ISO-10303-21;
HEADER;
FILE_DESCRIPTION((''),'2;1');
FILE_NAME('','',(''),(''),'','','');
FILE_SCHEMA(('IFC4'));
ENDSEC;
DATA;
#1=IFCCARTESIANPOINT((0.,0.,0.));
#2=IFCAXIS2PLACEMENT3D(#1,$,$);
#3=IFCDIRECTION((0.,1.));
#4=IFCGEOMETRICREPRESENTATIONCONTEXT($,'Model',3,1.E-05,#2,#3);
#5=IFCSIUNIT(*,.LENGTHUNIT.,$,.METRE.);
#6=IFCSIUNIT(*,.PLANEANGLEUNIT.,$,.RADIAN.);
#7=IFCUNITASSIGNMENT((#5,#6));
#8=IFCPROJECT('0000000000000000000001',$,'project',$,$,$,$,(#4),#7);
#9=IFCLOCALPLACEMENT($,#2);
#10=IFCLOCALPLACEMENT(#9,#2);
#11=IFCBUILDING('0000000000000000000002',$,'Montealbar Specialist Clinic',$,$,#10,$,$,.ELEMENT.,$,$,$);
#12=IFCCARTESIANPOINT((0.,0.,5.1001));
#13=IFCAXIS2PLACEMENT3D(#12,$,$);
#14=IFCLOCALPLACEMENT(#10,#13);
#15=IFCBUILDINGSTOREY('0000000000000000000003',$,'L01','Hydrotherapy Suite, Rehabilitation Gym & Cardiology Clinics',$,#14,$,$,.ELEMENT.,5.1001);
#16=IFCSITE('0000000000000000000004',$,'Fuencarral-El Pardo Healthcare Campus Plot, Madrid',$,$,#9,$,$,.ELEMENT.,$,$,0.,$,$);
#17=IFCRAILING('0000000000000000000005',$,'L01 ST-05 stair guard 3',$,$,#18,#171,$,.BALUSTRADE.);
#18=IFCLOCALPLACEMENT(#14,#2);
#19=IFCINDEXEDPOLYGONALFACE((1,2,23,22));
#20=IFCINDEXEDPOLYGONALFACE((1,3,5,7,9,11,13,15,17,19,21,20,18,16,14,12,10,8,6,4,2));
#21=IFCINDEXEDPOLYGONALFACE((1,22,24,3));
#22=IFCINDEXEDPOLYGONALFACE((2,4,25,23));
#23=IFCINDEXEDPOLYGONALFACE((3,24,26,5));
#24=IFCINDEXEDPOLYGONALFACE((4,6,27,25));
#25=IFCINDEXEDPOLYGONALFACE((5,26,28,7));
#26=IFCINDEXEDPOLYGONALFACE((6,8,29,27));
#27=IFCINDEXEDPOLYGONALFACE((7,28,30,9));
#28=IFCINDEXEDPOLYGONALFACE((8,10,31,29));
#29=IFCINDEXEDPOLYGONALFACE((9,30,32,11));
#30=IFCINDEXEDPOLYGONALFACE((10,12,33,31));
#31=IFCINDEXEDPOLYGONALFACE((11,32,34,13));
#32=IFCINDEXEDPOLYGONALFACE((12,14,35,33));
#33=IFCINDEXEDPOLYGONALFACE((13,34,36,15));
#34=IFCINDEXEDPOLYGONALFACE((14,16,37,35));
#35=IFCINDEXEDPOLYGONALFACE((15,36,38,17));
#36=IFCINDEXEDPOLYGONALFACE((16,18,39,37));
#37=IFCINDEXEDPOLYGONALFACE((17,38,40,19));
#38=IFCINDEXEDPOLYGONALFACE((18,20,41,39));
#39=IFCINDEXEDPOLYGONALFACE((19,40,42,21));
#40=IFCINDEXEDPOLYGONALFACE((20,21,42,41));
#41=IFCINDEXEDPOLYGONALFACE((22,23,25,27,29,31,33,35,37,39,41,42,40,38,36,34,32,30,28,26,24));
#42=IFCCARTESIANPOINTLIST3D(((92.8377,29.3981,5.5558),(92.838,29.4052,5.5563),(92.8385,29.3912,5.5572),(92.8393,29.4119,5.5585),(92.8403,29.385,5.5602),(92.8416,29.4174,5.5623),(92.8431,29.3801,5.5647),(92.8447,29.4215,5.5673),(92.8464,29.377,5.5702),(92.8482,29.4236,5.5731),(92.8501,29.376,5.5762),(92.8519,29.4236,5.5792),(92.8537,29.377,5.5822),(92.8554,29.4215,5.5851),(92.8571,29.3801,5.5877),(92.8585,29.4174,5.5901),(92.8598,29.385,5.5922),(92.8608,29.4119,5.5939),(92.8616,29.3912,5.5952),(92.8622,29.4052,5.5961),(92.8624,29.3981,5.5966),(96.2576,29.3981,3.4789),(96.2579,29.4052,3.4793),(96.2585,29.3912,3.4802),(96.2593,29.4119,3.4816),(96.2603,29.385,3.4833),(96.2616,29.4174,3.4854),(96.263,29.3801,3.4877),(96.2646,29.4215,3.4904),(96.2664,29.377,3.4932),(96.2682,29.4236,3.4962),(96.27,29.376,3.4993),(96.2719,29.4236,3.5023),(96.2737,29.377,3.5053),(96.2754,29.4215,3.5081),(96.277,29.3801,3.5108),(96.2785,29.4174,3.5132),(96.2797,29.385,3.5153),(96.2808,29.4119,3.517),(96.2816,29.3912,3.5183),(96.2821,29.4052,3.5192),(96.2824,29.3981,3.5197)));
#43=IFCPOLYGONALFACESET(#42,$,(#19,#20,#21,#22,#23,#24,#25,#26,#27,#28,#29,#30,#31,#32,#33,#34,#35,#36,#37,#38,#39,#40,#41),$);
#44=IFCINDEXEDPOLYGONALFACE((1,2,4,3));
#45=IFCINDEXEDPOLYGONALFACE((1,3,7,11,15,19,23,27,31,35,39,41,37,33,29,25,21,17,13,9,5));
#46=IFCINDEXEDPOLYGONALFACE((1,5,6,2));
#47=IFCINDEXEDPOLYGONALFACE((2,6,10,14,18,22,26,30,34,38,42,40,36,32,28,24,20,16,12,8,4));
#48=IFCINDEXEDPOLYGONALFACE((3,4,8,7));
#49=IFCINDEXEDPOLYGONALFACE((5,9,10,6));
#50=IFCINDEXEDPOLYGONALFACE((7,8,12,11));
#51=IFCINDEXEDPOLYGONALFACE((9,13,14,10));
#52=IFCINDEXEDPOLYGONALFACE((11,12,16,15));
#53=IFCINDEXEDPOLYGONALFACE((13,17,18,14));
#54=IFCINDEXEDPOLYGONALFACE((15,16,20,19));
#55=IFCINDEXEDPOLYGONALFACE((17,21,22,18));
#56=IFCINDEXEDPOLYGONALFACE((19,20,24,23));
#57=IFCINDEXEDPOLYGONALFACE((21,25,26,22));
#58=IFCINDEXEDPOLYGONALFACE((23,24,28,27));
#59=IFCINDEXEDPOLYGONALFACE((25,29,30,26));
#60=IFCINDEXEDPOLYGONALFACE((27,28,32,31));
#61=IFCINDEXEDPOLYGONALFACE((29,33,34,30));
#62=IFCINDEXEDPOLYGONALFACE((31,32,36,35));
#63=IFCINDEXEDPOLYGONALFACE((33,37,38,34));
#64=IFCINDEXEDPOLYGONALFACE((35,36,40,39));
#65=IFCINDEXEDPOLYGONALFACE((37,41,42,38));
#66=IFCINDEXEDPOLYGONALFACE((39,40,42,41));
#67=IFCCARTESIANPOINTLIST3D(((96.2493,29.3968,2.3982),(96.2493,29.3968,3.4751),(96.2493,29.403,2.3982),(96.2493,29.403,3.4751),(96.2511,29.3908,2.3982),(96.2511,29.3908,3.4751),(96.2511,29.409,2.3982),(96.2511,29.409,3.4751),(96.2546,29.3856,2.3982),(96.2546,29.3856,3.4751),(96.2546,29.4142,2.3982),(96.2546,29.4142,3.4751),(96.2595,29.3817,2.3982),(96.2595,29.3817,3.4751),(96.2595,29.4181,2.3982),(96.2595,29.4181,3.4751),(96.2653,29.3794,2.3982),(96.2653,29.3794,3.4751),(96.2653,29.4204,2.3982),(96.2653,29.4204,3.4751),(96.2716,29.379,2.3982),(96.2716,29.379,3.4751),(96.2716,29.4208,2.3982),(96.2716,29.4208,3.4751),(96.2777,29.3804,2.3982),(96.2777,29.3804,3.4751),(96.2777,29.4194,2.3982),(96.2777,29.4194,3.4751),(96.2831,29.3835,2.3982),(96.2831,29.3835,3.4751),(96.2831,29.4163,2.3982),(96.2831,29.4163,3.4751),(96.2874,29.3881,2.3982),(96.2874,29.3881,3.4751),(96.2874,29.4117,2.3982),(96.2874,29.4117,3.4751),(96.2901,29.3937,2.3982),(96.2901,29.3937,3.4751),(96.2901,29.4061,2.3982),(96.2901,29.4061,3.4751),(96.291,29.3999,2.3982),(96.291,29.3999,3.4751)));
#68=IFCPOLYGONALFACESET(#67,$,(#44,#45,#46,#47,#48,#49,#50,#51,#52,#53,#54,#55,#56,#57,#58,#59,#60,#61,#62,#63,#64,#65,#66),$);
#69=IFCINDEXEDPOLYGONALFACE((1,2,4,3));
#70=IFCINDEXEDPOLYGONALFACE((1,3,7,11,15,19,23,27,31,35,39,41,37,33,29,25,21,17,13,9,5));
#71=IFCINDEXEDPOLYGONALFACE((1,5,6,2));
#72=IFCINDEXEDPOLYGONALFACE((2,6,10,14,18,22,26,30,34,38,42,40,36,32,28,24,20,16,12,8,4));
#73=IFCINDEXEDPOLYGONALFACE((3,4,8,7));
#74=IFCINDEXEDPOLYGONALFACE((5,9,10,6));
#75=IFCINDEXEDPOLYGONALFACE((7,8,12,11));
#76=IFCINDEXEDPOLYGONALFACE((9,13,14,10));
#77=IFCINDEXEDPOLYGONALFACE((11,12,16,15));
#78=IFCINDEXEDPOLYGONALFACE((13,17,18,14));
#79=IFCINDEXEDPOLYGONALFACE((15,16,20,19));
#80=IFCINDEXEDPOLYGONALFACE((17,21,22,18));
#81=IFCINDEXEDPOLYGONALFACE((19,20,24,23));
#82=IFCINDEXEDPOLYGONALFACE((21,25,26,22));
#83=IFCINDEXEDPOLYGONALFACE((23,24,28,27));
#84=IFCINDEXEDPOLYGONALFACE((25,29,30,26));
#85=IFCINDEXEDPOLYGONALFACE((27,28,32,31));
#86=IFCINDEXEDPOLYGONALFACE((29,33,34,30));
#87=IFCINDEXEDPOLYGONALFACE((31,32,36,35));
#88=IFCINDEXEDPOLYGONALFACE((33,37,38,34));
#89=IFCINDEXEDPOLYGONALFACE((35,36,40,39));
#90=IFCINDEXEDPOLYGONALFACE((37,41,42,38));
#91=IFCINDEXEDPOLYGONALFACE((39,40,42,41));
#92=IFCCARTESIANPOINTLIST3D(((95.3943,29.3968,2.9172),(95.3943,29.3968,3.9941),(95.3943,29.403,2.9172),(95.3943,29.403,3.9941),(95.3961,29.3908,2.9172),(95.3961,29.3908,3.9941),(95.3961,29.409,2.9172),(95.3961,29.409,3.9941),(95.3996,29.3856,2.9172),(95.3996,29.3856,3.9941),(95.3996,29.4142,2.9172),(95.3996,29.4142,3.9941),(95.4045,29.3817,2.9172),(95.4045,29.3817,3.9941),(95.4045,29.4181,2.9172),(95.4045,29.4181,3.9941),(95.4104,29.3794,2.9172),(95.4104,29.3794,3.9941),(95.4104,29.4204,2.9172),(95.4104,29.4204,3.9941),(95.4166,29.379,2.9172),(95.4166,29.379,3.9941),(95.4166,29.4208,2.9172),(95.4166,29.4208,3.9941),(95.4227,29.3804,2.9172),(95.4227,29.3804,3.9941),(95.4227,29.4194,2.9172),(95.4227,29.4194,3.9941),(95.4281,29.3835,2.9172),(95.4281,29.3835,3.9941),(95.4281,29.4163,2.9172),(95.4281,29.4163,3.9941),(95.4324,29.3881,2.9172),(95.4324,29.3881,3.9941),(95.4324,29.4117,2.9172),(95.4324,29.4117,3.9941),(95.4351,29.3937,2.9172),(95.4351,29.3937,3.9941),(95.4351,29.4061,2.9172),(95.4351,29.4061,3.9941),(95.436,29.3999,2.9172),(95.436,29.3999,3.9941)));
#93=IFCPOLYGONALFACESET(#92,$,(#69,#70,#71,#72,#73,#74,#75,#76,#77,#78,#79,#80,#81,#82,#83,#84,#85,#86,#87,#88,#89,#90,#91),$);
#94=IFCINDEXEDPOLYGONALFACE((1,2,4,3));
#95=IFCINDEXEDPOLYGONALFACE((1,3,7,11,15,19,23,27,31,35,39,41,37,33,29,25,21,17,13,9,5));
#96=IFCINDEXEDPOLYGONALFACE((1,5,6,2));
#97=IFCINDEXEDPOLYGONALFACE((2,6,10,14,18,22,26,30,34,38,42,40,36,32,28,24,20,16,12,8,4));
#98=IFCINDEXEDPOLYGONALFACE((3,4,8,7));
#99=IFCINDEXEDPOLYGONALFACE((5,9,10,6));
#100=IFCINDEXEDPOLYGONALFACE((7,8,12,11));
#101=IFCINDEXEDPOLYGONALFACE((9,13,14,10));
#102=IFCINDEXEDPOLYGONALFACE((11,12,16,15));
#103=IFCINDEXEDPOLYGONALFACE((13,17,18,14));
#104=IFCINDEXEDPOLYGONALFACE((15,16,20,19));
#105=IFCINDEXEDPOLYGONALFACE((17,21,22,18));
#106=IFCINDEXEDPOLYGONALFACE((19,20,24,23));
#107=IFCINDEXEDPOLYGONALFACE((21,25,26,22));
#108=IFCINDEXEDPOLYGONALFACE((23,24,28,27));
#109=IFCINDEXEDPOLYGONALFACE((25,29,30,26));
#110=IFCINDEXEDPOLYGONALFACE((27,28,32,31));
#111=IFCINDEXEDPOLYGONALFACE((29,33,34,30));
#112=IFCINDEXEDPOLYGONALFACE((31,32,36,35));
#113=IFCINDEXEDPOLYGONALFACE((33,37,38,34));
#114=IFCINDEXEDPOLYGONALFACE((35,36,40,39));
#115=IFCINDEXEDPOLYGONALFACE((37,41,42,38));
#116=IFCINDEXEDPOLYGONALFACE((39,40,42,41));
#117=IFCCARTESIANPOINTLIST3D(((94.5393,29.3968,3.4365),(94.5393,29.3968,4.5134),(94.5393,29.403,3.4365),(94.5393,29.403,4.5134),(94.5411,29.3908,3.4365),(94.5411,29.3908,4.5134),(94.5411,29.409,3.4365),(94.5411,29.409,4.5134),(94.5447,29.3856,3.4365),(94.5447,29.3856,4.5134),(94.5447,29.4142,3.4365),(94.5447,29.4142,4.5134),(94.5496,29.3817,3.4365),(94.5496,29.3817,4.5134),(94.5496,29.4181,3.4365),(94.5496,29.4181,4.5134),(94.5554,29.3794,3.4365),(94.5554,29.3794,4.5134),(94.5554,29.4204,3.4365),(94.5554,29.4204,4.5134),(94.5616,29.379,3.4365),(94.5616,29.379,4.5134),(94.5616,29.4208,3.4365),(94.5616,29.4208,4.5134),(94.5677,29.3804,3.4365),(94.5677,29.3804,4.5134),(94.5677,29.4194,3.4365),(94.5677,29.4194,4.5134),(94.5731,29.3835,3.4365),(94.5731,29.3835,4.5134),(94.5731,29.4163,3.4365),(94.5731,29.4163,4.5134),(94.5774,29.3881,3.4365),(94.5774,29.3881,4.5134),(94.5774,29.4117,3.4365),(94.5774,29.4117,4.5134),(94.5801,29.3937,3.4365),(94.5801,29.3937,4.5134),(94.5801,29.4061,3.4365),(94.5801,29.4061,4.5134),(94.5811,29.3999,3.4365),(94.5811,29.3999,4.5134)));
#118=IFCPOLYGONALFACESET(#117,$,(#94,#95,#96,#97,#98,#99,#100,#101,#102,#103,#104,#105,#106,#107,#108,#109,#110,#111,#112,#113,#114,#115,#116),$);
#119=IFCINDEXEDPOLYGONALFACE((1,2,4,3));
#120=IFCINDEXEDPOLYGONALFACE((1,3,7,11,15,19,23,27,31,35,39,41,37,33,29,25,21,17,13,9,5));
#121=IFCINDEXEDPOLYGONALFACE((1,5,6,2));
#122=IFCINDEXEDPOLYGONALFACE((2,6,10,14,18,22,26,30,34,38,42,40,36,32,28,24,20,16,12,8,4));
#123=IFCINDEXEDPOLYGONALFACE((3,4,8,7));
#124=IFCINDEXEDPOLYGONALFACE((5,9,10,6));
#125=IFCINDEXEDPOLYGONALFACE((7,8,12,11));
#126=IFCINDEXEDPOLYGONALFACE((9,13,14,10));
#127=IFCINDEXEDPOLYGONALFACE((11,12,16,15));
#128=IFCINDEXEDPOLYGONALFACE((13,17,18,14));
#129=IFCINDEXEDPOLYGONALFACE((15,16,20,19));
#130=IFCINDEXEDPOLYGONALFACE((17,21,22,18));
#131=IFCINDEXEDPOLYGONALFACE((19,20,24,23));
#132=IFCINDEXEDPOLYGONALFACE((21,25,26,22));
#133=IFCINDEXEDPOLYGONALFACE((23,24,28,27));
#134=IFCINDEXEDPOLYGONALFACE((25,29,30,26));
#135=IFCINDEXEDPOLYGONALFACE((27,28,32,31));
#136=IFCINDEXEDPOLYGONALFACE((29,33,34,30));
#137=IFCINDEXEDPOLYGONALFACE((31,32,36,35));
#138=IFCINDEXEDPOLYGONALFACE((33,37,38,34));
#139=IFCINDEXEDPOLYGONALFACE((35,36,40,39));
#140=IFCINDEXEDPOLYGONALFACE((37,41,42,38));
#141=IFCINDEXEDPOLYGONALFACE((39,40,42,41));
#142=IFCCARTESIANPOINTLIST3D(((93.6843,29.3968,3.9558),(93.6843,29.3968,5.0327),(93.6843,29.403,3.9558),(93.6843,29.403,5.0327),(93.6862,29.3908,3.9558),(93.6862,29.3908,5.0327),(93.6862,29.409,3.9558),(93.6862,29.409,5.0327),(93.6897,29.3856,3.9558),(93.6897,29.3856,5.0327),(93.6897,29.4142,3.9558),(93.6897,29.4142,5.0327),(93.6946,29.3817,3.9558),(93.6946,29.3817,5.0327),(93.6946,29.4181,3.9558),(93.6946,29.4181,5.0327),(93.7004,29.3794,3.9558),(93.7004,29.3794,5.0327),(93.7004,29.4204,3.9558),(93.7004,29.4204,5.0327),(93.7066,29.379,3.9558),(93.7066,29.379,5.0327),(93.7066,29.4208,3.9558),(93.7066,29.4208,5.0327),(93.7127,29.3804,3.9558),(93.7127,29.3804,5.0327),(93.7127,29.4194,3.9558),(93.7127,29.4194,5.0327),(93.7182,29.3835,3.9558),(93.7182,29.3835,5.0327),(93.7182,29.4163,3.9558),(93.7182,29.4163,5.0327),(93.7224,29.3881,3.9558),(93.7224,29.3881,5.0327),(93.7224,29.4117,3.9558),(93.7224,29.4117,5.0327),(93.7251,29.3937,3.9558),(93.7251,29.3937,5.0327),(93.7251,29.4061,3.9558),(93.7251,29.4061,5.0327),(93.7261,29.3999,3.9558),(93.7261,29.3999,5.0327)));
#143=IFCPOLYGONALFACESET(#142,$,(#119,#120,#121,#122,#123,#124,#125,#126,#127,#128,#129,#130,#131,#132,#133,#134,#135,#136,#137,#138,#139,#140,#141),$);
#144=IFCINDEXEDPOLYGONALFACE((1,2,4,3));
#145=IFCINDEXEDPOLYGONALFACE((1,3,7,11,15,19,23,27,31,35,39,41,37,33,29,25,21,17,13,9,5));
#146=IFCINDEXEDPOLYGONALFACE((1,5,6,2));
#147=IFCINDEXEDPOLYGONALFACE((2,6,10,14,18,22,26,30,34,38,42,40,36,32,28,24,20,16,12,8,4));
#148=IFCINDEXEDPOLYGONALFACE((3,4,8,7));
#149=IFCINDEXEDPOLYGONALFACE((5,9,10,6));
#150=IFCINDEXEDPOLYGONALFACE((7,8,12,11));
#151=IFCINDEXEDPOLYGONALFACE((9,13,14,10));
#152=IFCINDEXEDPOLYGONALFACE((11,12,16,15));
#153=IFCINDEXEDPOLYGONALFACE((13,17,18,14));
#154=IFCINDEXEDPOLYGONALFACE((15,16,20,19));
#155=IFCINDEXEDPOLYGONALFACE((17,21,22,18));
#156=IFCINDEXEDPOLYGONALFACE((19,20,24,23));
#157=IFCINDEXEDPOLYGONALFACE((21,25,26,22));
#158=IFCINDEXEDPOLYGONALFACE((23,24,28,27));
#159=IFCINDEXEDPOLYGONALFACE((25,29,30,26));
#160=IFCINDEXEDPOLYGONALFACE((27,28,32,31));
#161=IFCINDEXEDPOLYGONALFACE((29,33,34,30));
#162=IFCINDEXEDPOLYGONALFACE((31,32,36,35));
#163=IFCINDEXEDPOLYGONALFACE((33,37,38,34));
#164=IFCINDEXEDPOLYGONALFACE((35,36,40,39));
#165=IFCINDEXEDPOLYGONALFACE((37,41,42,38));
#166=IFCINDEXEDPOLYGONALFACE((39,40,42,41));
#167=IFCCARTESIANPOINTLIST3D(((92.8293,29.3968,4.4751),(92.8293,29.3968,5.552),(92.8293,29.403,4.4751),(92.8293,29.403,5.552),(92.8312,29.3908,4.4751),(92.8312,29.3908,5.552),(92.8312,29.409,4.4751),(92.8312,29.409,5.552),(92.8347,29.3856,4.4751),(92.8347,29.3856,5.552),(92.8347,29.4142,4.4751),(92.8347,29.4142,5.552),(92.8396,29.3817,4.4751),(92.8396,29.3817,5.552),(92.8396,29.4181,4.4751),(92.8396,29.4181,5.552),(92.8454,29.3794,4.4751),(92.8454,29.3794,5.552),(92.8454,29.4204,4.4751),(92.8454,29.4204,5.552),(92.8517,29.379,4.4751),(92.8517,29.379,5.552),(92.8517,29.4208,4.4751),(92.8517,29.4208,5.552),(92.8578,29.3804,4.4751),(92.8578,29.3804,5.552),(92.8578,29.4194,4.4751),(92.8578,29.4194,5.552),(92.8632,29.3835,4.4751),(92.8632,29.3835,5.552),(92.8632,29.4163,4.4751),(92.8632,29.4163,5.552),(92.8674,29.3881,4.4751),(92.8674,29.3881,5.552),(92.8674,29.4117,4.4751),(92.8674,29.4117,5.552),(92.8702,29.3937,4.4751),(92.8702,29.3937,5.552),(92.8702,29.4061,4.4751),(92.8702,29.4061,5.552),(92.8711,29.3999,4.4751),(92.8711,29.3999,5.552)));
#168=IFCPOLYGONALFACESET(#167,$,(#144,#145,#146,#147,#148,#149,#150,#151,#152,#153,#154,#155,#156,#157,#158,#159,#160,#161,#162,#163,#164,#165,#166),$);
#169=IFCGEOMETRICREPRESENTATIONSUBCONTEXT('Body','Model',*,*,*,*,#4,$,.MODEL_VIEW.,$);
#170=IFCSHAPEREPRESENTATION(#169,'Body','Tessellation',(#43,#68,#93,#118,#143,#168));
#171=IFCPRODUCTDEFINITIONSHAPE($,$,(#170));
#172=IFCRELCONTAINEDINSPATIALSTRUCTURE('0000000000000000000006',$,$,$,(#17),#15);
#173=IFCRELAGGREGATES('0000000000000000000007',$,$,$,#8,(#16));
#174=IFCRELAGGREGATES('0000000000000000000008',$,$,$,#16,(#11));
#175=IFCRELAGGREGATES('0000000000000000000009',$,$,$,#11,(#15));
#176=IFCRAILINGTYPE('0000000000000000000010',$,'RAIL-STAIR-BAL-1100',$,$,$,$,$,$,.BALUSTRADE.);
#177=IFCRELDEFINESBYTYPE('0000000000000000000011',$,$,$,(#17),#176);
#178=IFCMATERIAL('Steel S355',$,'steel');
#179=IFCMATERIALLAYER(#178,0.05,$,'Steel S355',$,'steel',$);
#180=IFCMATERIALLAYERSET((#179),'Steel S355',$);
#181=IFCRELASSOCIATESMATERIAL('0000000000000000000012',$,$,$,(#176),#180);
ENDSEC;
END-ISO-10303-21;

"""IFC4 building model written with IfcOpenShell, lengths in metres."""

from ifc_helpers import new_model, si_unit, direction, frame, origin, origin_2d, place, context, subcontext, project, spatial, circle, extrude, material, layer, layer_set, type_object, element, save


model = new_model("IFC4")

# Units and contexts
model_context = context("Model", 3, precision=1e-05, world=origin(), true_north=direction((0.0, 1.0)))
body_context = subcontext(model_context, "Body", "Model", "MODEL_VIEW")
ifc_project = project(units=[si_unit("LENGTHUNIT", "METRE"), si_unit("PLANEANGLEUNIT", "RADIAN")], contexts=[model_context])

# Site, building, storey
site_placement = place(None, origin())
site = spatial("IfcSite", under=ifc_project, at=site_placement, Name="Fuencarral-El Pardo Healthcare Campus Plot, Madrid", CompositionType="ELEMENT", RefElevation=0.0)
building_placement = place(site_placement, origin())
building = spatial("IfcBuilding", under=site, at=building_placement, Name="Montealbar Specialist Clinic", CompositionType="ELEMENT")
storey_placement = place(building_placement, frame((0.0, 0.0, 5.1001)))
storey = spatial("IfcBuildingStorey", under=building, at=storey_placement, Name="L01", Description="Hydrotherapy Suite, Rehabilitation Gym & Cardiology Clinics", CompositionType="ELEMENT", Elevation=5.1001)

# Shared definitions
ifc_material_1 = material(Name="Steel S355", Category="steel")

# Railing
ifc_layer_1 = layer(ifc_material_1, 0.05, Name="Steel S355", Category="steel")
ifc_layer_set_1 = layer_set([ifc_layer_1], Name="Steel S355")
railing_type_1 = type_object("IfcRailingType", Name="RAIL-STAIR-BAL-1100", PredefinedType="BALUSTRADE", material=ifc_layer_set_1)
railing_1_placement = place(storey_placement, frame((96.27, 29.3999, 2.4231)))
element("IfcRailing", 1, at=railing_1_placement, inside=storey, type_object=railing_type_1, Name="L01 ST-05 stair guard 3", PredefinedType="BALUSTRADE", context=body_context, shape_type="SweptSolid", body=[
    extrude(circle(Radius=0.0239, at=origin_2d()), frame((0.0, 0.0, 1.0762), z_axis=(-0.85473, 0.0, 0.519074), x_axis=(0.0, -1.0, 0.0)), (0.0, 0.0, 1.0), 4.0012),
    extrude(circle(Radius=0.021, at=origin_2d()), frame((0.0, 0.0, -0.0249)), (0.0, 0.0, 1.0), 1.0769),
    extrude(circle(Radius=0.021, at=origin_2d()), frame((-0.855, 0.0, 0.4941)), (0.0, 0.0, 1.0), 1.0769),
    extrude(circle(Radius=0.021, at=origin_2d()), frame((-1.71, 0.0, 1.0134)), (0.0, 0.0, 1.0), 1.0769),
    extrude(circle(Radius=0.021, at=origin_2d()), frame((-2.5649, 0.0, 1.5327)), (0.0, 0.0, 1.0), 1.0769),
    extrude(circle(Radius=0.021, at=origin_2d()), frame((-3.4199, 0.0, 2.052)), (0.0, 0.0, 1.0), 1.0769),
])

save(model, "model.ifc")
